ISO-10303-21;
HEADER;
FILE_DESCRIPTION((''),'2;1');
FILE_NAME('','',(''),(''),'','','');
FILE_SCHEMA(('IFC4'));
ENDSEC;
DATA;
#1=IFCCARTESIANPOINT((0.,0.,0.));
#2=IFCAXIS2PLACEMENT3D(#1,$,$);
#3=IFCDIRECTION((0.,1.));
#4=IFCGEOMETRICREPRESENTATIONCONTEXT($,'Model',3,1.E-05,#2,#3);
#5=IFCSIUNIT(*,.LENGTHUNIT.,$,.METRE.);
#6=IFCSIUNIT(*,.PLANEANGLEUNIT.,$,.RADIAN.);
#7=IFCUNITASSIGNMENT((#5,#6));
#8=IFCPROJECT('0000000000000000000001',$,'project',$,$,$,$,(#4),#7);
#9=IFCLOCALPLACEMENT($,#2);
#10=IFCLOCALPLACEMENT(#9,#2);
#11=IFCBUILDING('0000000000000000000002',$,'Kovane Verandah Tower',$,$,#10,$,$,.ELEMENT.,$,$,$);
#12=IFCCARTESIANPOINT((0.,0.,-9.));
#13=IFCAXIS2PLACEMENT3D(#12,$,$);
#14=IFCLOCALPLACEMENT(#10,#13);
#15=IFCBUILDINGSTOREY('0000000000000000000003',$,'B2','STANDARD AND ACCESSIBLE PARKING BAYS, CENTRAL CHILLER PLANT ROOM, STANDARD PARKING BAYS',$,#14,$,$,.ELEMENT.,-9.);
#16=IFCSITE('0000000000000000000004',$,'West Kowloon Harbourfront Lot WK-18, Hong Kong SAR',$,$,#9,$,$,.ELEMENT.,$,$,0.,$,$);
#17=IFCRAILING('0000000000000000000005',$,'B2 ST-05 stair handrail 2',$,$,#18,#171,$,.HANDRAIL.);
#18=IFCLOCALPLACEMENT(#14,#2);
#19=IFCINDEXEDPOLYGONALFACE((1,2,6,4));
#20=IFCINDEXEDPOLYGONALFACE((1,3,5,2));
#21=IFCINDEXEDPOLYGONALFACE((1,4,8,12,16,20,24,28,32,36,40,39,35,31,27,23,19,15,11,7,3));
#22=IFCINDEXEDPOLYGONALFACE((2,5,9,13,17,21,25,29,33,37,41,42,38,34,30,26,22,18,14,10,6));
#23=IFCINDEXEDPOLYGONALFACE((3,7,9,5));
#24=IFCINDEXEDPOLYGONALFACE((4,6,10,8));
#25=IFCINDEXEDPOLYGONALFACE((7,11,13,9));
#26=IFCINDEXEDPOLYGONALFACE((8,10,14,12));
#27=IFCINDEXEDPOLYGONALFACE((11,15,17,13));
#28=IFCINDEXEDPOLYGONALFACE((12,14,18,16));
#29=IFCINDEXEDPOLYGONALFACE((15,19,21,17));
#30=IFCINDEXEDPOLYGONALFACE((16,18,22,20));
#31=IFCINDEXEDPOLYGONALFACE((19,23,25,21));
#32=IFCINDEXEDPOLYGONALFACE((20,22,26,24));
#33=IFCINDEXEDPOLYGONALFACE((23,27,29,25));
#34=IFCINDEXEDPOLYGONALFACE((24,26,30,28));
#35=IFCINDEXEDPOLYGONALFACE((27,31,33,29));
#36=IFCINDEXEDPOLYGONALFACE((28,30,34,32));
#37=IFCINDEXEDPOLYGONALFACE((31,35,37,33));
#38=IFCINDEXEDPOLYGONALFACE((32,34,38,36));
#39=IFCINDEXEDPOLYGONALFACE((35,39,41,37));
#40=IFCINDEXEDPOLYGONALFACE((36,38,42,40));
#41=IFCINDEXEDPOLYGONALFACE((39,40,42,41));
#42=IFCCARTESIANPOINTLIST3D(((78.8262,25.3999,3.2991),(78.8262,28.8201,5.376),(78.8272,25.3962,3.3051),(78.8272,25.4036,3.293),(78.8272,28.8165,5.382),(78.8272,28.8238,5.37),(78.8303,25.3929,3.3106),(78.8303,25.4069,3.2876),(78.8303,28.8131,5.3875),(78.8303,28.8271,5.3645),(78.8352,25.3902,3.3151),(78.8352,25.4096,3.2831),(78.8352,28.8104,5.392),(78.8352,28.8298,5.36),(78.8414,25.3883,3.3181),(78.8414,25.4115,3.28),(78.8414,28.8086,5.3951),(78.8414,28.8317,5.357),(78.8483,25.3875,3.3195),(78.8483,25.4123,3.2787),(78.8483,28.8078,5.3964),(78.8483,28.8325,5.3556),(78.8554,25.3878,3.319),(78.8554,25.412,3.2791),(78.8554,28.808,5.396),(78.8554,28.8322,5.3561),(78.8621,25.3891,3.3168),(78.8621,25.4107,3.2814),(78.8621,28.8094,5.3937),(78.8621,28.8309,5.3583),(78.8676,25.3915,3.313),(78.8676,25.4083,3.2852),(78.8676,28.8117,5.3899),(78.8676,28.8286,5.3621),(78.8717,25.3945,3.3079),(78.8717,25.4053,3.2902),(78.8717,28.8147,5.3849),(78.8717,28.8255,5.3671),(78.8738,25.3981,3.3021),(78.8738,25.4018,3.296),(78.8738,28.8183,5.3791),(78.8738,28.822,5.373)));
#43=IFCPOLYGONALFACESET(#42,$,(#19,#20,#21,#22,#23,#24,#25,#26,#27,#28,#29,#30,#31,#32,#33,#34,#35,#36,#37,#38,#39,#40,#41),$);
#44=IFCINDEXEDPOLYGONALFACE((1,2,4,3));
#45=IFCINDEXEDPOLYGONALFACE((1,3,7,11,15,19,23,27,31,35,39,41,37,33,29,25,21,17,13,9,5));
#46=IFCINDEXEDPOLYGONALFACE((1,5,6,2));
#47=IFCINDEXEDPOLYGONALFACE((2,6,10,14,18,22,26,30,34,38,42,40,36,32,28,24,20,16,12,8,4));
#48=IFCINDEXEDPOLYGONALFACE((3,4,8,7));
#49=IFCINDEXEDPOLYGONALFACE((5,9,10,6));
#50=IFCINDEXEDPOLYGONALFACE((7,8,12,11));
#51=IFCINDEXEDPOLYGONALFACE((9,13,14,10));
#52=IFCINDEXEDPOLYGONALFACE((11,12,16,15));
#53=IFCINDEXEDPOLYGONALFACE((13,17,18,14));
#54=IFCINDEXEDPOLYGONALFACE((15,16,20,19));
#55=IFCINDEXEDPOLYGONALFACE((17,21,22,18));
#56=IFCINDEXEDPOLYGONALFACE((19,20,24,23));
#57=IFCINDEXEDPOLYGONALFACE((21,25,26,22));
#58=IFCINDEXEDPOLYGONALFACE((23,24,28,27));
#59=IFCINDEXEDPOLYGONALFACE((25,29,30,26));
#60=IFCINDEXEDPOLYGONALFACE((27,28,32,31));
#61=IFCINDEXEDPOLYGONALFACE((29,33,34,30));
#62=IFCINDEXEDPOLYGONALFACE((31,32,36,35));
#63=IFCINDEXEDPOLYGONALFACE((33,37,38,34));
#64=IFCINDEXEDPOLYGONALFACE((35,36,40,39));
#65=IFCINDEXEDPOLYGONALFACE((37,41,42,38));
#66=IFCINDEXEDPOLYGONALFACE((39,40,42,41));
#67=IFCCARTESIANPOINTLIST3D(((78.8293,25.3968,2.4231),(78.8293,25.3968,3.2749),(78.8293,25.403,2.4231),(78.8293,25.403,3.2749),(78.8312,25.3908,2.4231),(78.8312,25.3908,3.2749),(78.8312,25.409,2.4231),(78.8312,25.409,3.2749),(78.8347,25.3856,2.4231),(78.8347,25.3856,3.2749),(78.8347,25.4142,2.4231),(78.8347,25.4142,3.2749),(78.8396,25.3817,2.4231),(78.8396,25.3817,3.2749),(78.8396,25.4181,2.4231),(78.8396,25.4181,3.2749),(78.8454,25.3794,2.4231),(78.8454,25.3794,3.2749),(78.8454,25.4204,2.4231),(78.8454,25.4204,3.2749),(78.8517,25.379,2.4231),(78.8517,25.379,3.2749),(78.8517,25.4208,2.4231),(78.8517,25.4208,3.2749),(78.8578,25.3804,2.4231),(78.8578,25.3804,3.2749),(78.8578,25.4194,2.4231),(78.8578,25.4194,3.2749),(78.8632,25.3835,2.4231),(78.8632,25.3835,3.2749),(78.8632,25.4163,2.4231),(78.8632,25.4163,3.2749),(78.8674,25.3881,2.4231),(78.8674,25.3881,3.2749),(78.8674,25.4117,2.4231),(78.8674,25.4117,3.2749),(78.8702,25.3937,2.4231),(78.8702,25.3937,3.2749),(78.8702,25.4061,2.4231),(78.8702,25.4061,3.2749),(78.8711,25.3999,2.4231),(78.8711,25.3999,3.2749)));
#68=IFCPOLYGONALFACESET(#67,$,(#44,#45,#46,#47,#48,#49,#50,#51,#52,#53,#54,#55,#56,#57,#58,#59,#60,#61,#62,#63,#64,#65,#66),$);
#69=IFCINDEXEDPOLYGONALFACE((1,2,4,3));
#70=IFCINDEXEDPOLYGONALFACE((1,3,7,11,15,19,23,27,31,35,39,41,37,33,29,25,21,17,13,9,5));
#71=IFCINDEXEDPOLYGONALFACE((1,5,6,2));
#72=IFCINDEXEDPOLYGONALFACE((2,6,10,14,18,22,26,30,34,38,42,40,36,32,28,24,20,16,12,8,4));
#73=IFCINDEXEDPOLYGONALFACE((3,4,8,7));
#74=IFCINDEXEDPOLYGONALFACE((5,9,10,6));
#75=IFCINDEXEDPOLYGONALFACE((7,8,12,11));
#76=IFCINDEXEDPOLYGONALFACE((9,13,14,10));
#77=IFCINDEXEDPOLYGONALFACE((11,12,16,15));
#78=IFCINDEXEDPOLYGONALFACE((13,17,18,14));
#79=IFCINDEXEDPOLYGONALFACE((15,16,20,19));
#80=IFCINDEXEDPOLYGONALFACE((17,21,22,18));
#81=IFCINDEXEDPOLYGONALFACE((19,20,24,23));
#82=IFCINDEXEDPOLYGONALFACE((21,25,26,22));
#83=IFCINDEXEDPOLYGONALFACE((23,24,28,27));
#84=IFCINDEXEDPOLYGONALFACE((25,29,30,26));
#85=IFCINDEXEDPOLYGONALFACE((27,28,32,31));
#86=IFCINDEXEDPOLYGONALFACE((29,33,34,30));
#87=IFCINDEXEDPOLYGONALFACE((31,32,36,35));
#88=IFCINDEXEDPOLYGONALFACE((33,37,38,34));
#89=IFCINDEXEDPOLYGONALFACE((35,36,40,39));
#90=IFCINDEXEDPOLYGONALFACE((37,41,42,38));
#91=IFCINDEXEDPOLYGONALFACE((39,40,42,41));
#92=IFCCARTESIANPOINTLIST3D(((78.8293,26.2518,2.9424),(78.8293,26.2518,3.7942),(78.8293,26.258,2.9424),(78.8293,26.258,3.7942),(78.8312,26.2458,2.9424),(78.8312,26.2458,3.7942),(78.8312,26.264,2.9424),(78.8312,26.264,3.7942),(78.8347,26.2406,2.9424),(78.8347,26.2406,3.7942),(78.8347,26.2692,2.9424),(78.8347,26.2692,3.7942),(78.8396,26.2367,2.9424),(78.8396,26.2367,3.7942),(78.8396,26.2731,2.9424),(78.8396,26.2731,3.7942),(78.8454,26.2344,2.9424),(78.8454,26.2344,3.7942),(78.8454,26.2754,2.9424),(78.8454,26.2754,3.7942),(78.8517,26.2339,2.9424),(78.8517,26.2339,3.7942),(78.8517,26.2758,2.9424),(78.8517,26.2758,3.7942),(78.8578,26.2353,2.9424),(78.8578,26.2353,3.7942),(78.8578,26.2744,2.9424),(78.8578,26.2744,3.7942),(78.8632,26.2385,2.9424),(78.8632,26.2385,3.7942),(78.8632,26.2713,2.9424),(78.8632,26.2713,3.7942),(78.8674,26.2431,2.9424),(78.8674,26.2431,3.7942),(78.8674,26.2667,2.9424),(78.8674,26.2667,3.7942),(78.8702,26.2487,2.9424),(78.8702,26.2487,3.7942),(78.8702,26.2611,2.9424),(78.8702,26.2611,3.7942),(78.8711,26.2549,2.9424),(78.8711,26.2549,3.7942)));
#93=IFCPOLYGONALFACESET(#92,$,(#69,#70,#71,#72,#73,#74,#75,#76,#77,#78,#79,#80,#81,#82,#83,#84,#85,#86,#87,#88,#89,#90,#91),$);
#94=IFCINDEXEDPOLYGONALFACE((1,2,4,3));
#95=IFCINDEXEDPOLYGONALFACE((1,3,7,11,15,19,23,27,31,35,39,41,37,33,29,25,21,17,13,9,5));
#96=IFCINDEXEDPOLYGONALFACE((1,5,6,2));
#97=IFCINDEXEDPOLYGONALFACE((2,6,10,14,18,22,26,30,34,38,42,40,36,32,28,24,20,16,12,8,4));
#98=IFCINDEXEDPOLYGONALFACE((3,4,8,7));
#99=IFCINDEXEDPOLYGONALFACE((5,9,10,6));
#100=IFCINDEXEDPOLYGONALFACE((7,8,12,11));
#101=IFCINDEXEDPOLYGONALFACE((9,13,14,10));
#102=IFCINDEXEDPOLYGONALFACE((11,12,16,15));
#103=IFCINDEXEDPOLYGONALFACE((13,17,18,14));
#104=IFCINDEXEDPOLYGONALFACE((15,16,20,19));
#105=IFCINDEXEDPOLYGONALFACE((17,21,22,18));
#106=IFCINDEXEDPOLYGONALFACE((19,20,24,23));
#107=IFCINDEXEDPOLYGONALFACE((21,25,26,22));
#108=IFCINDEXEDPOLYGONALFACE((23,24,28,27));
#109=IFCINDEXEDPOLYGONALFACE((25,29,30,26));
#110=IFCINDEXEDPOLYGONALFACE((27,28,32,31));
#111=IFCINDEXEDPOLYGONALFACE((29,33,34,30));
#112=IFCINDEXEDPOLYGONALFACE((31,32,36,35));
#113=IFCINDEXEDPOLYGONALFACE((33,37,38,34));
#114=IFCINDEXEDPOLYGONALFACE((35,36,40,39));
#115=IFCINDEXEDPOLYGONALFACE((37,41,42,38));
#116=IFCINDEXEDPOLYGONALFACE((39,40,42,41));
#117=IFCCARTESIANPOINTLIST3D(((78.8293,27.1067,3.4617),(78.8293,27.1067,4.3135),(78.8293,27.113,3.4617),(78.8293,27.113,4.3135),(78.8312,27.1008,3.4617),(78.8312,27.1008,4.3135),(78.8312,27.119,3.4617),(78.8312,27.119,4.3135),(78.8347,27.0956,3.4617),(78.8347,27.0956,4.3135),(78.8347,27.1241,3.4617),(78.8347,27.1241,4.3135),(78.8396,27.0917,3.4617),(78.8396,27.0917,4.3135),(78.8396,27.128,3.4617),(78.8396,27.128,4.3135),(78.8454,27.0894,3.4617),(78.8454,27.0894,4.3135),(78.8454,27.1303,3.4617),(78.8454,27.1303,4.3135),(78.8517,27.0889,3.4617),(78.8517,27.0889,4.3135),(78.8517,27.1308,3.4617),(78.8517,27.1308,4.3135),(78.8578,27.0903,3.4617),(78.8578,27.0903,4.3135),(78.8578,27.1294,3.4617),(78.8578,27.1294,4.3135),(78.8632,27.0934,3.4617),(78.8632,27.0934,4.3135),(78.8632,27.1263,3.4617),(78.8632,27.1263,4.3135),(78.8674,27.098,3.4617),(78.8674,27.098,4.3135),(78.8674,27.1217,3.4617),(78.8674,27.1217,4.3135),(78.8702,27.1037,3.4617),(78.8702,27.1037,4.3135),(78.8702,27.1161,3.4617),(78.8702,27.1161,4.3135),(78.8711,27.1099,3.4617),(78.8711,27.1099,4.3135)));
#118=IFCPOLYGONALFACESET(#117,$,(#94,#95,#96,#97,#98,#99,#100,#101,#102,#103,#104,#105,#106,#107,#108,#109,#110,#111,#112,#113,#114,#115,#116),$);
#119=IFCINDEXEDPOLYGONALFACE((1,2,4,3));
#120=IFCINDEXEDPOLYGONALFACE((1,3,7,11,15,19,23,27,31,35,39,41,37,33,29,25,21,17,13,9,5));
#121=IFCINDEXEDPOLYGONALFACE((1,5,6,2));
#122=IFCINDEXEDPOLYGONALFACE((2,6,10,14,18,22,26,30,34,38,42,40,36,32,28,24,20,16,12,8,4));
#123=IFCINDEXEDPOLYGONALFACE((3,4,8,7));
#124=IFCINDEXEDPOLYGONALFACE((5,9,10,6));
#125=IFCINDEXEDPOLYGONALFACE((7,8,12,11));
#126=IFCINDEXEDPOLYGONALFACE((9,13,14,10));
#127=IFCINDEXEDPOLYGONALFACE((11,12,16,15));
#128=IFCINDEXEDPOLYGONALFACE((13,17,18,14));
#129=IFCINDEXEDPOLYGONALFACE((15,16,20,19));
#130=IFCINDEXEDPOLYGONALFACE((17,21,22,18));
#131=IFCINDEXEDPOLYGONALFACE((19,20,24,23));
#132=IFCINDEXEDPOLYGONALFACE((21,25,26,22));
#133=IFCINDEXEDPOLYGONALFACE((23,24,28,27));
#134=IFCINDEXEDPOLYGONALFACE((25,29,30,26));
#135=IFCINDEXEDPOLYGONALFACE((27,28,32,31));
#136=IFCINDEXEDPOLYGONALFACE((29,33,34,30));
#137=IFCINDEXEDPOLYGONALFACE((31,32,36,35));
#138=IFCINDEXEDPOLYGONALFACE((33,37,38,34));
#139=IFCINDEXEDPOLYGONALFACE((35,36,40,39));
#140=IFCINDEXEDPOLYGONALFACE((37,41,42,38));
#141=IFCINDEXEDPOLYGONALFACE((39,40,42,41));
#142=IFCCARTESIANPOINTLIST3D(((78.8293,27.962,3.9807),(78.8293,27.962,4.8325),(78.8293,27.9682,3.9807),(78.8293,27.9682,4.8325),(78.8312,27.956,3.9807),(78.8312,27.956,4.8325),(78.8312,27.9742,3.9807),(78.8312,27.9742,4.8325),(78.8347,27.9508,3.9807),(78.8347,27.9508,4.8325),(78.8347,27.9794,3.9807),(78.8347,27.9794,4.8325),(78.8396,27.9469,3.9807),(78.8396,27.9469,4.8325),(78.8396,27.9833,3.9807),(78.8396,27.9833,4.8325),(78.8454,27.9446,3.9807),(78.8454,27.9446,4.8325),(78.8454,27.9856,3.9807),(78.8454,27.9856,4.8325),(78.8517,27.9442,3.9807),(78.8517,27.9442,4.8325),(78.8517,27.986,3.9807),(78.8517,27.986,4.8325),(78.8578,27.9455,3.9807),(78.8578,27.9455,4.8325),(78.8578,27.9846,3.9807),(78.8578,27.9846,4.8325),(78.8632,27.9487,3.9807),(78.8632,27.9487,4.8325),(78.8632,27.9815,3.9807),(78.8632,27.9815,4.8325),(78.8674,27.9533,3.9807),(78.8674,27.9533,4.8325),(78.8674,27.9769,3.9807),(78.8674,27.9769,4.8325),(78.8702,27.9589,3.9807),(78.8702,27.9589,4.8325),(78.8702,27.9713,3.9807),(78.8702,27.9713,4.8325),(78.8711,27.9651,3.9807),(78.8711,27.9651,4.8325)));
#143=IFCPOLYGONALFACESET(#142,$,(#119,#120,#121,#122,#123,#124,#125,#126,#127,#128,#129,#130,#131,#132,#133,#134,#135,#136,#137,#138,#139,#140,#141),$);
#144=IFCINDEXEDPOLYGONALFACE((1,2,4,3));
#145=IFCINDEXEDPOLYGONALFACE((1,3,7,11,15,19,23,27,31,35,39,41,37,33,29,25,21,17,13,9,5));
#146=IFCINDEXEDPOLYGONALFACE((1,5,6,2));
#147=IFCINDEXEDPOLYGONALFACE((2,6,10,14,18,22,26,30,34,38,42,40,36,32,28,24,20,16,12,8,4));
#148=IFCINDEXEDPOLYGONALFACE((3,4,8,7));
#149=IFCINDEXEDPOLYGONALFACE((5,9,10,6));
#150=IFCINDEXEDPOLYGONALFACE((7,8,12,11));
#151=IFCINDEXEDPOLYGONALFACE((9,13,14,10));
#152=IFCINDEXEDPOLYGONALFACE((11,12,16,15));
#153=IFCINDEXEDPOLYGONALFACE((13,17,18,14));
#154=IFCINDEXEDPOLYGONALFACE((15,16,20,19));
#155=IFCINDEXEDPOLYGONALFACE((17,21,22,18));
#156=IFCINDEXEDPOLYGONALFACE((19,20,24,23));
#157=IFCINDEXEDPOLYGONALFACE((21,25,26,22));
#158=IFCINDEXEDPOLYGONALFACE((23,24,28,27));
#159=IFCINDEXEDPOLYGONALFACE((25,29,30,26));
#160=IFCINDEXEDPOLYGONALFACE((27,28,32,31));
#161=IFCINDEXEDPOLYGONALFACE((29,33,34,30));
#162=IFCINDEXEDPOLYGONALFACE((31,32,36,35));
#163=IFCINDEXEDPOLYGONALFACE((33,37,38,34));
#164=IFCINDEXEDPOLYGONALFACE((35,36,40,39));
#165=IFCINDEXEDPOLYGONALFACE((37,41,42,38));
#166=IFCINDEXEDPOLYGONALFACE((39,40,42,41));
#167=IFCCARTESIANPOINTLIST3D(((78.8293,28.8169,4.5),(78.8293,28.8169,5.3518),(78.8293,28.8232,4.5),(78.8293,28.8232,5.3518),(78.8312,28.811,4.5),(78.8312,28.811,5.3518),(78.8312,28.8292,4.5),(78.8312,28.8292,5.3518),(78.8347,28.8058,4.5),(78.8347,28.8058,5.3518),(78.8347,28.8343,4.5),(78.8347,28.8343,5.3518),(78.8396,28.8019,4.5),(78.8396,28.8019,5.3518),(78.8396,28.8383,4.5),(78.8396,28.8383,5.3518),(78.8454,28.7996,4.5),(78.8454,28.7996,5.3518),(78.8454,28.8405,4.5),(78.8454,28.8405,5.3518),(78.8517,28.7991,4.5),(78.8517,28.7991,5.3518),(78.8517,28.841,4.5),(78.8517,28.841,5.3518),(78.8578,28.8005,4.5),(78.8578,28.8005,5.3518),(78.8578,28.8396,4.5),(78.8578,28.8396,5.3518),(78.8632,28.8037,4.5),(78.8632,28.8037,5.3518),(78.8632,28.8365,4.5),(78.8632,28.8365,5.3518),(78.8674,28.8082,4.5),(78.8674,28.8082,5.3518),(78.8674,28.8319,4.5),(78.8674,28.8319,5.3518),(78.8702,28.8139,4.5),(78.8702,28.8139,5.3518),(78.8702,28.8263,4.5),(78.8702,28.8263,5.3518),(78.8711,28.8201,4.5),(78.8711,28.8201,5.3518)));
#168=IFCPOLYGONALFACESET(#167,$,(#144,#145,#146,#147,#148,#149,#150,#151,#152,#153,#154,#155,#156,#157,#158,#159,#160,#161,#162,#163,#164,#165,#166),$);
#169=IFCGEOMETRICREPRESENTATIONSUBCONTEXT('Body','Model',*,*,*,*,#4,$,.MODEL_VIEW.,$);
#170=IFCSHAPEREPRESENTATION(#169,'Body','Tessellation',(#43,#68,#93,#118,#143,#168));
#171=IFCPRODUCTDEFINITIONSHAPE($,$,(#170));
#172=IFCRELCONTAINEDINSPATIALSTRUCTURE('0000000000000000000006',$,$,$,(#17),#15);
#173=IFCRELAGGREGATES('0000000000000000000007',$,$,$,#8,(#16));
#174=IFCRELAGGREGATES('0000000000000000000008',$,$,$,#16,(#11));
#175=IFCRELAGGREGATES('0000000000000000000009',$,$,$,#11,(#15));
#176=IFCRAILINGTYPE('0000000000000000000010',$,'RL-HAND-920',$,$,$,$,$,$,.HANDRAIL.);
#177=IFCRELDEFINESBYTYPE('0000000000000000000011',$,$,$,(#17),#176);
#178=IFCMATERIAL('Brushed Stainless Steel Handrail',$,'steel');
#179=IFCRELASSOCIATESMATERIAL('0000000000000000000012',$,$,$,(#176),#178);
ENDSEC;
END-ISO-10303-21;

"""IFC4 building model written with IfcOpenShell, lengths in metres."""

from ifc_helpers import new_model, si_unit, direction, frame, origin, origin_2d, place, context, subcontext, project, spatial, circle, extrude, material, type_object, element, save


model = new_model("IFC4")

# Units and contexts
model_context = context("Model", 3, precision=1e-05, world=origin(), true_north=direction((0.0, 1.0)))
body_context = subcontext(model_context, "Body", "Model", "MODEL_VIEW")
ifc_project = project(units=[si_unit("LENGTHUNIT", "METRE"), si_unit("PLANEANGLEUNIT", "RADIAN")], contexts=[model_context])

# Site, building, storey
site_placement = place(None, origin())
site = spatial("IfcSite", under=ifc_project, at=site_placement, Name="West Kowloon Harbourfront Lot WK-18, Hong Kong SAR", CompositionType="ELEMENT", RefElevation=0.0)
building_placement = place(site_placement, origin())
building = spatial("IfcBuilding", under=site, at=building_placement, Name="Kovane Verandah Tower", CompositionType="ELEMENT")
storey_placement = place(building_placement, frame((0.0, 0.0, -9.0)))
storey = spatial("IfcBuildingStorey", under=building, at=storey_placement, Name="B2", Description="STANDARD AND ACCESSIBLE PARKING BAYS, CENTRAL CHILLER PLANT ROOM, STANDARD PARKING BAYS", CompositionType="ELEMENT", Elevation=-9.0)

# Railing
ifc_material_1 = material(Name="Brushed Stainless Steel Handrail", Category="steel")
railing_type_1 = type_object("IfcRailingType", Name="RL-HAND-920", PredefinedType="HANDRAIL", material=ifc_material_1)
railing_1_placement = place(storey_placement, frame((78.8501, 25.3999, 2.4231)))
element("IfcRailing", 1, at=railing_1_placement, inside=storey, type_object=railing_type_1, Name="B2 ST-05 stair handrail 2", PredefinedType="HANDRAIL", context=body_context, shape_type="SweptSolid", body=[
    extrude(circle(Radius=0.0239, at=origin_2d()), frame((0.0, 0.0, 0.876), z_axis=(0.0, 0.854746, 0.519047), x_axis=(-1.0, 0.0, 0.0)), (0.0, 0.0, 1.0), 4.0015),
    extrude(circle(Radius=0.021, at=origin_2d()), origin(), (0.0, 0.0, 1.0), 0.8518),
    extrude(circle(Radius=0.021, at=origin_2d()), frame((0.0, 0.855, 0.5193)), (0.0, 0.0, 1.0), 0.8518),
    extrude(circle(Radius=0.021, at=origin_2d()), frame((0.0, 1.71, 1.0386)), (0.0, 0.0, 1.0), 0.8518),
    extrude(circle(Radius=0.021, at=origin_2d()), frame((0.0, 2.5652, 1.5576)), (0.0, 0.0, 1.0), 0.8518),
    extrude(circle(Radius=0.021, at=origin_2d()), frame((0.0, 3.4202, 2.0769)), (0.0, 0.0, 1.0), 0.8518),
])

save(model, "model.ifc")
